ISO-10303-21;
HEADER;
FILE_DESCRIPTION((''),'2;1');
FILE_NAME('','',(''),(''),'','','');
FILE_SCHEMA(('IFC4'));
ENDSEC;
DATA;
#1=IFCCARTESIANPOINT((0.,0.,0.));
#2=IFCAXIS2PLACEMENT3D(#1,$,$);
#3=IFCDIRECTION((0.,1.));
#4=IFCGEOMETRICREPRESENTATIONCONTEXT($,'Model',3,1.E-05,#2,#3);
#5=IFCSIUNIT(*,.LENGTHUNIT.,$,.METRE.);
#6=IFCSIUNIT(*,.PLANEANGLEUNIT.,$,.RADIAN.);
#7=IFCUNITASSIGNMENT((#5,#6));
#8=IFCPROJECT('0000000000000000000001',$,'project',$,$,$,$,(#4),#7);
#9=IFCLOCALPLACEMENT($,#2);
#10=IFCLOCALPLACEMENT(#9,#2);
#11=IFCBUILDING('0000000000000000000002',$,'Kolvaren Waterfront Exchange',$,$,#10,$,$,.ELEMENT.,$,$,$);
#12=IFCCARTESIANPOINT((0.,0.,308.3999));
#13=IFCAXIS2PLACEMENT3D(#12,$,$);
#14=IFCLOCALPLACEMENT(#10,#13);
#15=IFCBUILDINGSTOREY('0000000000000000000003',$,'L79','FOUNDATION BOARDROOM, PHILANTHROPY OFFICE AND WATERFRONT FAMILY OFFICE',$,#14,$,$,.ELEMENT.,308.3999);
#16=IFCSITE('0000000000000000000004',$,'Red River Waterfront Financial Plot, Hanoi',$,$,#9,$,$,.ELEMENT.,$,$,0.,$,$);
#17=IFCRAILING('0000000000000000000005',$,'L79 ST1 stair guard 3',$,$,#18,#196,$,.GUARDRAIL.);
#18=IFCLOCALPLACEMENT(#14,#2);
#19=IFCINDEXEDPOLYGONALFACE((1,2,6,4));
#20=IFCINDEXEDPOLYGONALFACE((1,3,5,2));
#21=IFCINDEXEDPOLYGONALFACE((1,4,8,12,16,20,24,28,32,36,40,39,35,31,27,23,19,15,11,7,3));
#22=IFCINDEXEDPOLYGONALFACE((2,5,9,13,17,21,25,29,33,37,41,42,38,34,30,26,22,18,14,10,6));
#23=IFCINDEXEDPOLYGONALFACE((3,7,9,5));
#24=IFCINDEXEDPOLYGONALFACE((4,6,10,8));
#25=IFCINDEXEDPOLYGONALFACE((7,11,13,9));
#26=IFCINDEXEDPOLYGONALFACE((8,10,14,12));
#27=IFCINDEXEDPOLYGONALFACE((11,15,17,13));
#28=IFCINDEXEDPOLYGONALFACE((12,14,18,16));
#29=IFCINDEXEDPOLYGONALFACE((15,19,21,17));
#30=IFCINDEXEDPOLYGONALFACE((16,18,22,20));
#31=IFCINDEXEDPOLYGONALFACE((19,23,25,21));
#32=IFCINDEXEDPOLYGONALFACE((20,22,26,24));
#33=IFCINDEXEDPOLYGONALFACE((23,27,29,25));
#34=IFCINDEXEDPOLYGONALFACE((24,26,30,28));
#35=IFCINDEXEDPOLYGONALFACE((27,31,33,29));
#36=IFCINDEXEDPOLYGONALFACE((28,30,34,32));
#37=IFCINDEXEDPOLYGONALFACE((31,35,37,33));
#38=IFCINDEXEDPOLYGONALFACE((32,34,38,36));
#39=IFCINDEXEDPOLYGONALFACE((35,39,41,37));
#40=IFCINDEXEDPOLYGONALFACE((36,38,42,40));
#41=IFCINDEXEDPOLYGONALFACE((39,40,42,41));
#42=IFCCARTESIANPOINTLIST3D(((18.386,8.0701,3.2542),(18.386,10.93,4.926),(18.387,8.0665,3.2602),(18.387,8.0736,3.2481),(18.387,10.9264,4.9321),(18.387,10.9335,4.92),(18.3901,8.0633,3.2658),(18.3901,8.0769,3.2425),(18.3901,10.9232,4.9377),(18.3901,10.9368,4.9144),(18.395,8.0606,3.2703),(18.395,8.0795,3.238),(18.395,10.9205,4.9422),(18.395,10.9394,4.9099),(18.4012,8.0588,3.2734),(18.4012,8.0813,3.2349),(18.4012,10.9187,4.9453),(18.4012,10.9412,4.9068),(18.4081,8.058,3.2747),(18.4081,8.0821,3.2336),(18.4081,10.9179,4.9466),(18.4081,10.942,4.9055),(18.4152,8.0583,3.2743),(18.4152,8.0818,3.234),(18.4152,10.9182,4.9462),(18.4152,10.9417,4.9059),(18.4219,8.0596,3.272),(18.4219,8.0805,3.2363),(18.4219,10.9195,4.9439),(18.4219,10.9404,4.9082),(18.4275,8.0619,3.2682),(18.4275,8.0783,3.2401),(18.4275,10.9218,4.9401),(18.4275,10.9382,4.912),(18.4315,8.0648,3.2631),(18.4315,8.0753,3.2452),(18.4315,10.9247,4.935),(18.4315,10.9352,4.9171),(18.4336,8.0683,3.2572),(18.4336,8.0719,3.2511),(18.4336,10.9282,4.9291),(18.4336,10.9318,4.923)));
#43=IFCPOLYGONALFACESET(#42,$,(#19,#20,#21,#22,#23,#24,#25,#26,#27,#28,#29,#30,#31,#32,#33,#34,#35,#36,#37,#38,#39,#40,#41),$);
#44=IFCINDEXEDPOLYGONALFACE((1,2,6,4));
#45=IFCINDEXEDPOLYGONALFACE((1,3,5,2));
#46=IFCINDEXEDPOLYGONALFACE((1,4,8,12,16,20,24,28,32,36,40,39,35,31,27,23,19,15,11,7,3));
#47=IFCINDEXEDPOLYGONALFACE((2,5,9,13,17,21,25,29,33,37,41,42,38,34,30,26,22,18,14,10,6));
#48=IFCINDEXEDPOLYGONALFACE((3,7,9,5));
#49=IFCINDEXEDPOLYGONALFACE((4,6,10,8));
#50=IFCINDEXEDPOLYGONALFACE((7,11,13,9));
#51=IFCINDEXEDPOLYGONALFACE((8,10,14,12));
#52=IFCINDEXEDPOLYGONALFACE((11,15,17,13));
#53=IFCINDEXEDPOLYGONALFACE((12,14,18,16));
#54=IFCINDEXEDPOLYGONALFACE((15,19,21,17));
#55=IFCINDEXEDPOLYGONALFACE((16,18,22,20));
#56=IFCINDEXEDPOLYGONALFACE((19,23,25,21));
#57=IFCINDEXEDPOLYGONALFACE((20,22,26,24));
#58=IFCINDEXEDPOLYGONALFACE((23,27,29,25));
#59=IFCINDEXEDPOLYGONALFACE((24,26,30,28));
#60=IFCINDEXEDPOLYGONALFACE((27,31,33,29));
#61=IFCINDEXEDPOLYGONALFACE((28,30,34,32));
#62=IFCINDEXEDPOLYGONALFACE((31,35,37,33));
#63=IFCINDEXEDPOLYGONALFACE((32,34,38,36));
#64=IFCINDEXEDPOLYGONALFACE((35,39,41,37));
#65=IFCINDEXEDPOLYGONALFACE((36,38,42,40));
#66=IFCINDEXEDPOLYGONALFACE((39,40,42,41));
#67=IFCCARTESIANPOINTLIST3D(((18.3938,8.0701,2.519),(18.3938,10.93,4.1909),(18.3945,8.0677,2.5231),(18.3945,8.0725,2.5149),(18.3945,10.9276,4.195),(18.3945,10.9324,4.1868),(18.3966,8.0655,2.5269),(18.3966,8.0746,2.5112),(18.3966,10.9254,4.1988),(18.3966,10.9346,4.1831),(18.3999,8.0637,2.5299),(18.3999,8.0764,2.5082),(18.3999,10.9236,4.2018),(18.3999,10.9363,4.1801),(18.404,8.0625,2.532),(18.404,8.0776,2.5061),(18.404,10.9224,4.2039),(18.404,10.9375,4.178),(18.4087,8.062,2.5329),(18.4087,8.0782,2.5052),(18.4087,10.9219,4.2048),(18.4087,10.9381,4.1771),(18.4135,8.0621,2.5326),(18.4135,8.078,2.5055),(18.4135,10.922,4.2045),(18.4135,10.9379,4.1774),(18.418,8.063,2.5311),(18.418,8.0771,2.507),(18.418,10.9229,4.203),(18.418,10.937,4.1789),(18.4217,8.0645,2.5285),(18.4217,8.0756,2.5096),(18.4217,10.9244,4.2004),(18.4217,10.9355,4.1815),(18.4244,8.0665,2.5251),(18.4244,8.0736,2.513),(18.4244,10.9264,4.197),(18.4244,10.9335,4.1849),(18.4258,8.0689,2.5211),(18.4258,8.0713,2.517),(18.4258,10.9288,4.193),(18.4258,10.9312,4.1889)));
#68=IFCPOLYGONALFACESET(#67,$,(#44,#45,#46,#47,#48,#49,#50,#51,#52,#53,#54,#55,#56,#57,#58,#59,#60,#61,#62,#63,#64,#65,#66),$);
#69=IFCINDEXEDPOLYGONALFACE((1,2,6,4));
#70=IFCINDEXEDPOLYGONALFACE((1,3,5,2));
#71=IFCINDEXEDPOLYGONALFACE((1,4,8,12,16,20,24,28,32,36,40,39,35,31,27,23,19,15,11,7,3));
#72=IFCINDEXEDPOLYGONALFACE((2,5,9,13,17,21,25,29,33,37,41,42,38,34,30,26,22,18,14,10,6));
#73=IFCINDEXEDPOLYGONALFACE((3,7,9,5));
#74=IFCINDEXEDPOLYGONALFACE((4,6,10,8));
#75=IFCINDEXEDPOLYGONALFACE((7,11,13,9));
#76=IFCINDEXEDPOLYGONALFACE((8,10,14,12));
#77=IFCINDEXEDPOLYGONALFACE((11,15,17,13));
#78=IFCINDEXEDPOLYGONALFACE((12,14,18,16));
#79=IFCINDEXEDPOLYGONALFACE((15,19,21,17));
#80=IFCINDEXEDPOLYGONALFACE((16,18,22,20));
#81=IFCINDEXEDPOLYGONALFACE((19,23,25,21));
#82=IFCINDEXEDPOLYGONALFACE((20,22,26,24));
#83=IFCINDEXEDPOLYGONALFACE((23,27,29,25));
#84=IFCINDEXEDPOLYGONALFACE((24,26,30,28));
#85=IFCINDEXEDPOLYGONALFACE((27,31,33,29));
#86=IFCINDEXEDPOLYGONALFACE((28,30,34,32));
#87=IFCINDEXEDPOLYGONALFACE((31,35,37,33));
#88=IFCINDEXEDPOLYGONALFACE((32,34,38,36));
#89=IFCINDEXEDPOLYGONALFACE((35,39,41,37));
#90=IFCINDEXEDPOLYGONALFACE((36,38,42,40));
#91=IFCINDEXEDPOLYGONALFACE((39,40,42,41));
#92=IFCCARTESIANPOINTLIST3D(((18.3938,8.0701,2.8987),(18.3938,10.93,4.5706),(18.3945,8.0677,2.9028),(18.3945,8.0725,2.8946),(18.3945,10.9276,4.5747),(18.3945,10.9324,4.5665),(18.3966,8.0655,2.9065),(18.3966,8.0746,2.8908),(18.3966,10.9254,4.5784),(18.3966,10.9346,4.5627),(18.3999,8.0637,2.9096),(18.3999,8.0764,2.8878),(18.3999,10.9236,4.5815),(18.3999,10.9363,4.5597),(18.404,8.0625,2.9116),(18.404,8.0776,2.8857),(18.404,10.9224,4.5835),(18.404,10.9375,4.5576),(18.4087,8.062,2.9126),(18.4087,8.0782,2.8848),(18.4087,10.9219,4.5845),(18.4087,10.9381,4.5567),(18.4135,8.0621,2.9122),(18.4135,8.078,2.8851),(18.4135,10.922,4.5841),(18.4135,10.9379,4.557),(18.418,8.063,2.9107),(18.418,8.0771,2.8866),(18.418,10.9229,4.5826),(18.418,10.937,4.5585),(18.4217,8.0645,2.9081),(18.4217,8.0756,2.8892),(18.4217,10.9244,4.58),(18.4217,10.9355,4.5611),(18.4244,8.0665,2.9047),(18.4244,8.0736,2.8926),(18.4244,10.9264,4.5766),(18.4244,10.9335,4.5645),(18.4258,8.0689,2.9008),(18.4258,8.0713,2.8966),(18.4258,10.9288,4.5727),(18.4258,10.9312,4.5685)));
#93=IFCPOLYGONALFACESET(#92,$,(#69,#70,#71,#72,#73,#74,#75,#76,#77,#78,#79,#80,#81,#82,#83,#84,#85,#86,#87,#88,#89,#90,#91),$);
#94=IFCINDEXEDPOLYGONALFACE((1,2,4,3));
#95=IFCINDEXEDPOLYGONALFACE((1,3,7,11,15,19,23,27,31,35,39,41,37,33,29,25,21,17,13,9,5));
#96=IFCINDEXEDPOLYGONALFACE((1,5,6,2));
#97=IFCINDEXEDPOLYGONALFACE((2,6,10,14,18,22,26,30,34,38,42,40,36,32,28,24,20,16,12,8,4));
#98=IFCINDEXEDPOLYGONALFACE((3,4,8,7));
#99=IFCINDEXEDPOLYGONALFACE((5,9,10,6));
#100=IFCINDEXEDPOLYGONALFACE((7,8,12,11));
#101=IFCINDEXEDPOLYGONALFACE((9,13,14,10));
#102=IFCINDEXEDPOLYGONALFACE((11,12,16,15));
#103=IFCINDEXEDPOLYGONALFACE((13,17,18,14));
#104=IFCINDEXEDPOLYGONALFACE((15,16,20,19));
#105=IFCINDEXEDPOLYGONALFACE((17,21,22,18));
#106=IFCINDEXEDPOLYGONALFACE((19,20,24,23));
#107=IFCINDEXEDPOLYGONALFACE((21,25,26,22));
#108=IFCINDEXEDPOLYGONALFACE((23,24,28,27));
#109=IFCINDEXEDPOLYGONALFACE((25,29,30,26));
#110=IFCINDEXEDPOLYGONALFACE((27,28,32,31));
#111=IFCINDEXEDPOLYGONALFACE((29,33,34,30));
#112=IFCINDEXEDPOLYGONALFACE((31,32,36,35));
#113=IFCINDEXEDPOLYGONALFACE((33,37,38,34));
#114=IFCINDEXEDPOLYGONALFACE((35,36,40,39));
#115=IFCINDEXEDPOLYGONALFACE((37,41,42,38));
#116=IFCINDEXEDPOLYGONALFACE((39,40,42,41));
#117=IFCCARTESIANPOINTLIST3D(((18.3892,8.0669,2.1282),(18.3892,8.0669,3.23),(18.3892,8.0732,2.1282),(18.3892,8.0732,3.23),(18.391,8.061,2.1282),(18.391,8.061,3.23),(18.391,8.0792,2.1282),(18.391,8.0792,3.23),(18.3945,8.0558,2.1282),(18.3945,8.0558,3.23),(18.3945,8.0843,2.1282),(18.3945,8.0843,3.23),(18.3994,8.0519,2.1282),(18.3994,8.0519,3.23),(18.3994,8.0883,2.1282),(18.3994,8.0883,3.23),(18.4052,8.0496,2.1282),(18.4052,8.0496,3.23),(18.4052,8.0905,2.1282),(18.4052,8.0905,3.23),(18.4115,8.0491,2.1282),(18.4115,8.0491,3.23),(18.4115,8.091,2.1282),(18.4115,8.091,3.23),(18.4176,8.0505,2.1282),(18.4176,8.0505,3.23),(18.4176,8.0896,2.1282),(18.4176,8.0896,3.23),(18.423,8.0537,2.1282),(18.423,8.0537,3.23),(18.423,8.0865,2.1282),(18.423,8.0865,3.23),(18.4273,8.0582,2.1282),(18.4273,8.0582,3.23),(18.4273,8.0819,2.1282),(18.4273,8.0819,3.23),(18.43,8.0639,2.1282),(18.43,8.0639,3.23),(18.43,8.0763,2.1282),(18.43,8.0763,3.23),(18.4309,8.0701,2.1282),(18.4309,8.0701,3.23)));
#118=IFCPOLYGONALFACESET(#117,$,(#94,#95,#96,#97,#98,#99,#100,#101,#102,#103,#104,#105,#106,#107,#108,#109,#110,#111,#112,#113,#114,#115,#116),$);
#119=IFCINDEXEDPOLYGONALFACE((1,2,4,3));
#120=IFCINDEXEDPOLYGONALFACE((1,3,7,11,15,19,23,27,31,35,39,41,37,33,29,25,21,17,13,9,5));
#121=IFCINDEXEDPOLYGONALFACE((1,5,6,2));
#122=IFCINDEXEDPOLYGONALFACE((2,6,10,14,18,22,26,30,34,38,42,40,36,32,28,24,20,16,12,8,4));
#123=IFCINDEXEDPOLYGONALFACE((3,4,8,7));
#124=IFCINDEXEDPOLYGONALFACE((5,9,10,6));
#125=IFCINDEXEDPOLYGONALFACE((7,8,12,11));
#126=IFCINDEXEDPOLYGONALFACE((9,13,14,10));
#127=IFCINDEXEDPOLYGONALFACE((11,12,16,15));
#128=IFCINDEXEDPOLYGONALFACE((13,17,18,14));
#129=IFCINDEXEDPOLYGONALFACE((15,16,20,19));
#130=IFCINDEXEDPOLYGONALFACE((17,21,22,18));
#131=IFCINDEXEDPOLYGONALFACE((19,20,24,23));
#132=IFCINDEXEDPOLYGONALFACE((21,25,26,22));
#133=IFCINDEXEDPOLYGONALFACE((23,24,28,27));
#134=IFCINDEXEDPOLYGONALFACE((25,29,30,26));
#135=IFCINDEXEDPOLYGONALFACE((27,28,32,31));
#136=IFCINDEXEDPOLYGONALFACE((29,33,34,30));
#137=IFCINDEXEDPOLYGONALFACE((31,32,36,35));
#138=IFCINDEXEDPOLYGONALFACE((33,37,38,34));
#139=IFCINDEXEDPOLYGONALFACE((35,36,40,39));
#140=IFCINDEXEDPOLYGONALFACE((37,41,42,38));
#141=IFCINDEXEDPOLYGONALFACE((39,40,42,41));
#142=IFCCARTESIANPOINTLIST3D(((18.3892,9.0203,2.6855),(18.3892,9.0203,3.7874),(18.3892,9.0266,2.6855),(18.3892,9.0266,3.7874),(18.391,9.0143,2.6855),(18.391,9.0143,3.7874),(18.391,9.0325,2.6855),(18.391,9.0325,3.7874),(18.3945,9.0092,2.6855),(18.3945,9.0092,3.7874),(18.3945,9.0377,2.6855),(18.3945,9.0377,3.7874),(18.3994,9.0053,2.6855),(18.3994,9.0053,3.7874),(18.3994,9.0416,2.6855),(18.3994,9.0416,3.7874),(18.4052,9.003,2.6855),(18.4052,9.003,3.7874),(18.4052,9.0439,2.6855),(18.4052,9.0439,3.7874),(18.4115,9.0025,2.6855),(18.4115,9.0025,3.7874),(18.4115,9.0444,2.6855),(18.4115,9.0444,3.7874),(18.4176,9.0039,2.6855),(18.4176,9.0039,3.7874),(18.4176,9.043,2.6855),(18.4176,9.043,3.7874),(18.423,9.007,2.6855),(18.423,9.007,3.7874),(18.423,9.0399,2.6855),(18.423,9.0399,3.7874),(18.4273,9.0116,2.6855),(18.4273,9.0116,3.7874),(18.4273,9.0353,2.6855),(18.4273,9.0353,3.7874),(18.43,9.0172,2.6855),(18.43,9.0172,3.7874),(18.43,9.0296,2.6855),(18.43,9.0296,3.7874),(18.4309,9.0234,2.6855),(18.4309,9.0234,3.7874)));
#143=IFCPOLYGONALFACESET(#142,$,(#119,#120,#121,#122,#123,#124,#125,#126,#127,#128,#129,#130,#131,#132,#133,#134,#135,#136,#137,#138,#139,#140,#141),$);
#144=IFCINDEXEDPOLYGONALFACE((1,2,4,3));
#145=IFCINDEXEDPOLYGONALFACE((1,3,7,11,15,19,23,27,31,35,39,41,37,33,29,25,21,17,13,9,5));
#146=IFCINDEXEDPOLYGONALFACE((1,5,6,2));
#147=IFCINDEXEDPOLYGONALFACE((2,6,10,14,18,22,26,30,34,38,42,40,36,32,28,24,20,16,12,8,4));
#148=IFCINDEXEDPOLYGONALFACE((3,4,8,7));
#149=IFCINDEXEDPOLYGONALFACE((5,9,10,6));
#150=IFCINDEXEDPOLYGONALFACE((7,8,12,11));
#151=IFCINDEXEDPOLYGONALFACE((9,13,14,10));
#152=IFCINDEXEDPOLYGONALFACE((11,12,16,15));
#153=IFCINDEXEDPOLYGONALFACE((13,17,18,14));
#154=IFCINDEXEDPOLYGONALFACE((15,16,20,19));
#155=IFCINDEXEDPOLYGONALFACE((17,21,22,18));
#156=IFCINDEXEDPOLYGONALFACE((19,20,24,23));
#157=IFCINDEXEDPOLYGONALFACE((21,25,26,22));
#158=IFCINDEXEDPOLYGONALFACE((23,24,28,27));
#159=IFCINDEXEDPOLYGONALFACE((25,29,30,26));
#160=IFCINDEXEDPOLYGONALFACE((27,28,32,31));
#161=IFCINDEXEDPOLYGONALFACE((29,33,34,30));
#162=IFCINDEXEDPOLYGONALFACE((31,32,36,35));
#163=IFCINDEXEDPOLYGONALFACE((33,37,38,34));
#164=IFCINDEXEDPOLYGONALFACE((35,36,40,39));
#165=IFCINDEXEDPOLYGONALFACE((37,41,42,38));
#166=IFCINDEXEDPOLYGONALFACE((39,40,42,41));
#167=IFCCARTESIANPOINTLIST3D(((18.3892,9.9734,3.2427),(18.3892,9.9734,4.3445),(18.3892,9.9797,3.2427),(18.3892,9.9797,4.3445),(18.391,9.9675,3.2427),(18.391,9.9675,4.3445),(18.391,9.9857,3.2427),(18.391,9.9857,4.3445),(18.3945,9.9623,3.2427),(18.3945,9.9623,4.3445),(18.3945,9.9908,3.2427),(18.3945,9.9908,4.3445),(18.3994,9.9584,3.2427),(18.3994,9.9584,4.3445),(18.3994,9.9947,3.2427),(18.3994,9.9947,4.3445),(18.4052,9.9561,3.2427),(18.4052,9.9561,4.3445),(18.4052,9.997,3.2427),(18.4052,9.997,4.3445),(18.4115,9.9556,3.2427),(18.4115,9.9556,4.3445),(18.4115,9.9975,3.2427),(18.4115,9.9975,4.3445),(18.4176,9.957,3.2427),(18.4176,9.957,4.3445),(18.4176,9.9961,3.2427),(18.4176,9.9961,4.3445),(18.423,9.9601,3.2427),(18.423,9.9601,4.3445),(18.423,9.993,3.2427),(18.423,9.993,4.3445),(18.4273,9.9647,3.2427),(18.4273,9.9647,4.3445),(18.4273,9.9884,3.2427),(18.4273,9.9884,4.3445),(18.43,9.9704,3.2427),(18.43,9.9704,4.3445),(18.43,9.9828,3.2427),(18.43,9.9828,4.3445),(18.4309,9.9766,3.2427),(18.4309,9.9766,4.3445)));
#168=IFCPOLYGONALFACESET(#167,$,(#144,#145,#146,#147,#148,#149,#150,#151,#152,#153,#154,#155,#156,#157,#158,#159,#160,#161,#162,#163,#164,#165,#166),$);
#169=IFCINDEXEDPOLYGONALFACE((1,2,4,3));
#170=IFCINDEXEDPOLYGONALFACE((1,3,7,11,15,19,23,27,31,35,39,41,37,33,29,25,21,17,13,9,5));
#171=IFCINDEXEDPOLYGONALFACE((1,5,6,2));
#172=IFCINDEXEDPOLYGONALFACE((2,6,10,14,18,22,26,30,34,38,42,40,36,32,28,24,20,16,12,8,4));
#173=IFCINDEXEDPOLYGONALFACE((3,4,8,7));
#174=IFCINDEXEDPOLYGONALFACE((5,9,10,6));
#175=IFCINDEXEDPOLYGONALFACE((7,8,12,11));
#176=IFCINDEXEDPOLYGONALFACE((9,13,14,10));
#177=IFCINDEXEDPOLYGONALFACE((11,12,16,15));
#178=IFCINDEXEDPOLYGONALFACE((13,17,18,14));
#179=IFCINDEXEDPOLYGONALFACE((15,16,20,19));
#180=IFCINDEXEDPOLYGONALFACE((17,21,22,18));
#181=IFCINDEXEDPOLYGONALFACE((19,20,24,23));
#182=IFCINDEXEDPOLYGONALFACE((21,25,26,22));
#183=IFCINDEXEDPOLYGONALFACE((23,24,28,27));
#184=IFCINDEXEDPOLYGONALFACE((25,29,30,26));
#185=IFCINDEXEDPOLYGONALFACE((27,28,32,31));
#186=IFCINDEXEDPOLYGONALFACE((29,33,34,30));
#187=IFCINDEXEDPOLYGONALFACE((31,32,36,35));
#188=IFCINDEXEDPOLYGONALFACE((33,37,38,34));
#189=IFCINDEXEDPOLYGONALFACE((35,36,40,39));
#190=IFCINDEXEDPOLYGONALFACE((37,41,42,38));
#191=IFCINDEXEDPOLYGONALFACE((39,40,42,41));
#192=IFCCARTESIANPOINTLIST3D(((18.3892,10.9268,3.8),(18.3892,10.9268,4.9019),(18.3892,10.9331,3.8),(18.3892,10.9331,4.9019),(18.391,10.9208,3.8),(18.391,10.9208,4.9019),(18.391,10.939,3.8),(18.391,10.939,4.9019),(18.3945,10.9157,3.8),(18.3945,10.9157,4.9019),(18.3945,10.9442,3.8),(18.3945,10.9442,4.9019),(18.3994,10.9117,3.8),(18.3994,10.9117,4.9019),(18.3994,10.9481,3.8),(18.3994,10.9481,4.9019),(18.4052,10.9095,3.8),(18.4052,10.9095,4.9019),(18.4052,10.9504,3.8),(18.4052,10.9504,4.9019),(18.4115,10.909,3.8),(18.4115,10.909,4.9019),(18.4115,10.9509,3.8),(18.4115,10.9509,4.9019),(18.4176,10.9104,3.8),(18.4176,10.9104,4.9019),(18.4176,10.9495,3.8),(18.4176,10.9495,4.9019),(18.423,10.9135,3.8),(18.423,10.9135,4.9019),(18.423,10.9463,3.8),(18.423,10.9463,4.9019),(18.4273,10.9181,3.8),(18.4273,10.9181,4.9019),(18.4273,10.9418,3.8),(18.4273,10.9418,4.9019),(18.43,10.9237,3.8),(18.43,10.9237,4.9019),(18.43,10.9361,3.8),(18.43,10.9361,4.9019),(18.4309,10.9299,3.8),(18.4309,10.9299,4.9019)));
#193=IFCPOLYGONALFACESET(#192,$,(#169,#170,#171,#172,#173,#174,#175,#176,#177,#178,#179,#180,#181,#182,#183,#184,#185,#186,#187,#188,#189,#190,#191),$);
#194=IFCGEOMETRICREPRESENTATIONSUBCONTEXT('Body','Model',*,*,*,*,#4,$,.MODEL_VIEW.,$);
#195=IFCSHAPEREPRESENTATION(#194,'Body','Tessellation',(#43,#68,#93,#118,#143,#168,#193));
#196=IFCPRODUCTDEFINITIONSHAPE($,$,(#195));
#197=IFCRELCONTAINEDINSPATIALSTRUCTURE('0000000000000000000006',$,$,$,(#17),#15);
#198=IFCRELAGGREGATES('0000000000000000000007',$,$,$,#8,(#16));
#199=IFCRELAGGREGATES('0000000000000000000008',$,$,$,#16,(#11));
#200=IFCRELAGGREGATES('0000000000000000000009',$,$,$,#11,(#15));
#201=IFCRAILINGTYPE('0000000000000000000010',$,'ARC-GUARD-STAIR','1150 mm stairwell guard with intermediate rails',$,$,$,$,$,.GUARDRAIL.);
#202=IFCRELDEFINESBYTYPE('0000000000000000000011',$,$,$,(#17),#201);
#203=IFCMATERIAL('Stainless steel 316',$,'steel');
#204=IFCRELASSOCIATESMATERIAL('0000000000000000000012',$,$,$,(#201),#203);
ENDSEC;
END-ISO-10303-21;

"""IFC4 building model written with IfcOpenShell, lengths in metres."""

from ifc_helpers import new_model, si_unit, direction, frame, origin, origin_2d, place, context, subcontext, project, spatial, circle, extrude, material, type_object, element, save


model = new_model("IFC4")

# Units and contexts
model_context = context("Model", 3, precision=1e-05, world=origin(), true_north=direction((0.0, 1.0)))
body_context = subcontext(model_context, "Body", "Model", "MODEL_VIEW")
ifc_project = project(units=[si_unit("LENGTHUNIT", "METRE"), si_unit("PLANEANGLEUNIT", "RADIAN")], contexts=[model_context])

# Site, building, storey
site_placement = place(None, origin())
site = spatial("IfcSite", under=ifc_project, at=site_placement, Name="Red River Waterfront Financial Plot, Hanoi", CompositionType="ELEMENT", RefElevation=0.0)
building_placement = place(site_placement, origin())
building = spatial("IfcBuilding", under=site, at=building_placement, Name="Kolvaren Waterfront Exchange", CompositionType="ELEMENT")
storey_placement = place(building_placement, frame((0.0, 0.0, 308.3999)))
storey = spatial("IfcBuildingStorey", under=building, at=storey_placement, Name="L79", Description="FOUNDATION BOARDROOM, PHILANTHROPY OFFICE AND WATERFRONT FAMILY OFFICE", CompositionType="ELEMENT", Elevation=308.3999)

# Railing
ifc_material_1 = material(Name="Stainless steel 316", Category="steel")
railing_type_1 = type_object("IfcRailingType", Name="ARC-GUARD-STAIR", Description="1150 mm stairwell guard with intermediate rails", PredefinedType="GUARDRAIL", material=ifc_material_1)
railing_1_placement = place(storey_placement, frame((18.4099, 8.0701, 2.1282)))
element("IfcRailing", 1, at=railing_1_placement, inside=storey, type_object=railing_type_1, Name="L79 ST1 stair guard 3", PredefinedType="GUARDRAIL", context=body_context, shape_type="SweptSolid", body=[
    extrude(circle(Radius=0.0239, at=origin_2d()), frame((0.0, 0.0, 1.126), z_axis=(0.0, 0.863303, 0.504686), x_axis=(-1.0, 0.0, 0.0)), (0.0, 0.0, 1.0), 3.3127),
    extrude(circle(Radius=0.0161, at=origin_2d()), frame((0.0, 0.0, 0.3909), z_axis=(0.0, 0.863303, 0.504686), x_axis=(-1.0, 0.0, 0.0)), (0.0, 0.0, 1.0), 3.3127),
    extrude(circle(Radius=0.0161, at=origin_2d()), frame((0.0, 0.0, 0.7705), z_axis=(0.0, 0.863303, 0.504686), x_axis=(-1.0, 0.0, 0.0)), (0.0, 0.0, 1.0), 3.3127),
    extrude(circle(Radius=0.021, at=origin_2d()), origin(), (0.0, 0.0, 1.0), 1.1018),
    extrude(circle(Radius=0.021, at=origin_2d()), frame((0.0, 0.9534, 0.5574)), (0.0, 0.0, 1.0), 1.1018),
    extrude(circle(Radius=0.021, at=origin_2d()), frame((0.0, 1.9065, 1.1145)), (0.0, 0.0, 1.0), 1.1018),
    extrude(circle(Radius=0.021, at=origin_2d()), frame((0.0, 2.8599, 1.6719)), (0.0, 0.0, 1.0), 1.1018),
])

save(model, "model.ifc")
